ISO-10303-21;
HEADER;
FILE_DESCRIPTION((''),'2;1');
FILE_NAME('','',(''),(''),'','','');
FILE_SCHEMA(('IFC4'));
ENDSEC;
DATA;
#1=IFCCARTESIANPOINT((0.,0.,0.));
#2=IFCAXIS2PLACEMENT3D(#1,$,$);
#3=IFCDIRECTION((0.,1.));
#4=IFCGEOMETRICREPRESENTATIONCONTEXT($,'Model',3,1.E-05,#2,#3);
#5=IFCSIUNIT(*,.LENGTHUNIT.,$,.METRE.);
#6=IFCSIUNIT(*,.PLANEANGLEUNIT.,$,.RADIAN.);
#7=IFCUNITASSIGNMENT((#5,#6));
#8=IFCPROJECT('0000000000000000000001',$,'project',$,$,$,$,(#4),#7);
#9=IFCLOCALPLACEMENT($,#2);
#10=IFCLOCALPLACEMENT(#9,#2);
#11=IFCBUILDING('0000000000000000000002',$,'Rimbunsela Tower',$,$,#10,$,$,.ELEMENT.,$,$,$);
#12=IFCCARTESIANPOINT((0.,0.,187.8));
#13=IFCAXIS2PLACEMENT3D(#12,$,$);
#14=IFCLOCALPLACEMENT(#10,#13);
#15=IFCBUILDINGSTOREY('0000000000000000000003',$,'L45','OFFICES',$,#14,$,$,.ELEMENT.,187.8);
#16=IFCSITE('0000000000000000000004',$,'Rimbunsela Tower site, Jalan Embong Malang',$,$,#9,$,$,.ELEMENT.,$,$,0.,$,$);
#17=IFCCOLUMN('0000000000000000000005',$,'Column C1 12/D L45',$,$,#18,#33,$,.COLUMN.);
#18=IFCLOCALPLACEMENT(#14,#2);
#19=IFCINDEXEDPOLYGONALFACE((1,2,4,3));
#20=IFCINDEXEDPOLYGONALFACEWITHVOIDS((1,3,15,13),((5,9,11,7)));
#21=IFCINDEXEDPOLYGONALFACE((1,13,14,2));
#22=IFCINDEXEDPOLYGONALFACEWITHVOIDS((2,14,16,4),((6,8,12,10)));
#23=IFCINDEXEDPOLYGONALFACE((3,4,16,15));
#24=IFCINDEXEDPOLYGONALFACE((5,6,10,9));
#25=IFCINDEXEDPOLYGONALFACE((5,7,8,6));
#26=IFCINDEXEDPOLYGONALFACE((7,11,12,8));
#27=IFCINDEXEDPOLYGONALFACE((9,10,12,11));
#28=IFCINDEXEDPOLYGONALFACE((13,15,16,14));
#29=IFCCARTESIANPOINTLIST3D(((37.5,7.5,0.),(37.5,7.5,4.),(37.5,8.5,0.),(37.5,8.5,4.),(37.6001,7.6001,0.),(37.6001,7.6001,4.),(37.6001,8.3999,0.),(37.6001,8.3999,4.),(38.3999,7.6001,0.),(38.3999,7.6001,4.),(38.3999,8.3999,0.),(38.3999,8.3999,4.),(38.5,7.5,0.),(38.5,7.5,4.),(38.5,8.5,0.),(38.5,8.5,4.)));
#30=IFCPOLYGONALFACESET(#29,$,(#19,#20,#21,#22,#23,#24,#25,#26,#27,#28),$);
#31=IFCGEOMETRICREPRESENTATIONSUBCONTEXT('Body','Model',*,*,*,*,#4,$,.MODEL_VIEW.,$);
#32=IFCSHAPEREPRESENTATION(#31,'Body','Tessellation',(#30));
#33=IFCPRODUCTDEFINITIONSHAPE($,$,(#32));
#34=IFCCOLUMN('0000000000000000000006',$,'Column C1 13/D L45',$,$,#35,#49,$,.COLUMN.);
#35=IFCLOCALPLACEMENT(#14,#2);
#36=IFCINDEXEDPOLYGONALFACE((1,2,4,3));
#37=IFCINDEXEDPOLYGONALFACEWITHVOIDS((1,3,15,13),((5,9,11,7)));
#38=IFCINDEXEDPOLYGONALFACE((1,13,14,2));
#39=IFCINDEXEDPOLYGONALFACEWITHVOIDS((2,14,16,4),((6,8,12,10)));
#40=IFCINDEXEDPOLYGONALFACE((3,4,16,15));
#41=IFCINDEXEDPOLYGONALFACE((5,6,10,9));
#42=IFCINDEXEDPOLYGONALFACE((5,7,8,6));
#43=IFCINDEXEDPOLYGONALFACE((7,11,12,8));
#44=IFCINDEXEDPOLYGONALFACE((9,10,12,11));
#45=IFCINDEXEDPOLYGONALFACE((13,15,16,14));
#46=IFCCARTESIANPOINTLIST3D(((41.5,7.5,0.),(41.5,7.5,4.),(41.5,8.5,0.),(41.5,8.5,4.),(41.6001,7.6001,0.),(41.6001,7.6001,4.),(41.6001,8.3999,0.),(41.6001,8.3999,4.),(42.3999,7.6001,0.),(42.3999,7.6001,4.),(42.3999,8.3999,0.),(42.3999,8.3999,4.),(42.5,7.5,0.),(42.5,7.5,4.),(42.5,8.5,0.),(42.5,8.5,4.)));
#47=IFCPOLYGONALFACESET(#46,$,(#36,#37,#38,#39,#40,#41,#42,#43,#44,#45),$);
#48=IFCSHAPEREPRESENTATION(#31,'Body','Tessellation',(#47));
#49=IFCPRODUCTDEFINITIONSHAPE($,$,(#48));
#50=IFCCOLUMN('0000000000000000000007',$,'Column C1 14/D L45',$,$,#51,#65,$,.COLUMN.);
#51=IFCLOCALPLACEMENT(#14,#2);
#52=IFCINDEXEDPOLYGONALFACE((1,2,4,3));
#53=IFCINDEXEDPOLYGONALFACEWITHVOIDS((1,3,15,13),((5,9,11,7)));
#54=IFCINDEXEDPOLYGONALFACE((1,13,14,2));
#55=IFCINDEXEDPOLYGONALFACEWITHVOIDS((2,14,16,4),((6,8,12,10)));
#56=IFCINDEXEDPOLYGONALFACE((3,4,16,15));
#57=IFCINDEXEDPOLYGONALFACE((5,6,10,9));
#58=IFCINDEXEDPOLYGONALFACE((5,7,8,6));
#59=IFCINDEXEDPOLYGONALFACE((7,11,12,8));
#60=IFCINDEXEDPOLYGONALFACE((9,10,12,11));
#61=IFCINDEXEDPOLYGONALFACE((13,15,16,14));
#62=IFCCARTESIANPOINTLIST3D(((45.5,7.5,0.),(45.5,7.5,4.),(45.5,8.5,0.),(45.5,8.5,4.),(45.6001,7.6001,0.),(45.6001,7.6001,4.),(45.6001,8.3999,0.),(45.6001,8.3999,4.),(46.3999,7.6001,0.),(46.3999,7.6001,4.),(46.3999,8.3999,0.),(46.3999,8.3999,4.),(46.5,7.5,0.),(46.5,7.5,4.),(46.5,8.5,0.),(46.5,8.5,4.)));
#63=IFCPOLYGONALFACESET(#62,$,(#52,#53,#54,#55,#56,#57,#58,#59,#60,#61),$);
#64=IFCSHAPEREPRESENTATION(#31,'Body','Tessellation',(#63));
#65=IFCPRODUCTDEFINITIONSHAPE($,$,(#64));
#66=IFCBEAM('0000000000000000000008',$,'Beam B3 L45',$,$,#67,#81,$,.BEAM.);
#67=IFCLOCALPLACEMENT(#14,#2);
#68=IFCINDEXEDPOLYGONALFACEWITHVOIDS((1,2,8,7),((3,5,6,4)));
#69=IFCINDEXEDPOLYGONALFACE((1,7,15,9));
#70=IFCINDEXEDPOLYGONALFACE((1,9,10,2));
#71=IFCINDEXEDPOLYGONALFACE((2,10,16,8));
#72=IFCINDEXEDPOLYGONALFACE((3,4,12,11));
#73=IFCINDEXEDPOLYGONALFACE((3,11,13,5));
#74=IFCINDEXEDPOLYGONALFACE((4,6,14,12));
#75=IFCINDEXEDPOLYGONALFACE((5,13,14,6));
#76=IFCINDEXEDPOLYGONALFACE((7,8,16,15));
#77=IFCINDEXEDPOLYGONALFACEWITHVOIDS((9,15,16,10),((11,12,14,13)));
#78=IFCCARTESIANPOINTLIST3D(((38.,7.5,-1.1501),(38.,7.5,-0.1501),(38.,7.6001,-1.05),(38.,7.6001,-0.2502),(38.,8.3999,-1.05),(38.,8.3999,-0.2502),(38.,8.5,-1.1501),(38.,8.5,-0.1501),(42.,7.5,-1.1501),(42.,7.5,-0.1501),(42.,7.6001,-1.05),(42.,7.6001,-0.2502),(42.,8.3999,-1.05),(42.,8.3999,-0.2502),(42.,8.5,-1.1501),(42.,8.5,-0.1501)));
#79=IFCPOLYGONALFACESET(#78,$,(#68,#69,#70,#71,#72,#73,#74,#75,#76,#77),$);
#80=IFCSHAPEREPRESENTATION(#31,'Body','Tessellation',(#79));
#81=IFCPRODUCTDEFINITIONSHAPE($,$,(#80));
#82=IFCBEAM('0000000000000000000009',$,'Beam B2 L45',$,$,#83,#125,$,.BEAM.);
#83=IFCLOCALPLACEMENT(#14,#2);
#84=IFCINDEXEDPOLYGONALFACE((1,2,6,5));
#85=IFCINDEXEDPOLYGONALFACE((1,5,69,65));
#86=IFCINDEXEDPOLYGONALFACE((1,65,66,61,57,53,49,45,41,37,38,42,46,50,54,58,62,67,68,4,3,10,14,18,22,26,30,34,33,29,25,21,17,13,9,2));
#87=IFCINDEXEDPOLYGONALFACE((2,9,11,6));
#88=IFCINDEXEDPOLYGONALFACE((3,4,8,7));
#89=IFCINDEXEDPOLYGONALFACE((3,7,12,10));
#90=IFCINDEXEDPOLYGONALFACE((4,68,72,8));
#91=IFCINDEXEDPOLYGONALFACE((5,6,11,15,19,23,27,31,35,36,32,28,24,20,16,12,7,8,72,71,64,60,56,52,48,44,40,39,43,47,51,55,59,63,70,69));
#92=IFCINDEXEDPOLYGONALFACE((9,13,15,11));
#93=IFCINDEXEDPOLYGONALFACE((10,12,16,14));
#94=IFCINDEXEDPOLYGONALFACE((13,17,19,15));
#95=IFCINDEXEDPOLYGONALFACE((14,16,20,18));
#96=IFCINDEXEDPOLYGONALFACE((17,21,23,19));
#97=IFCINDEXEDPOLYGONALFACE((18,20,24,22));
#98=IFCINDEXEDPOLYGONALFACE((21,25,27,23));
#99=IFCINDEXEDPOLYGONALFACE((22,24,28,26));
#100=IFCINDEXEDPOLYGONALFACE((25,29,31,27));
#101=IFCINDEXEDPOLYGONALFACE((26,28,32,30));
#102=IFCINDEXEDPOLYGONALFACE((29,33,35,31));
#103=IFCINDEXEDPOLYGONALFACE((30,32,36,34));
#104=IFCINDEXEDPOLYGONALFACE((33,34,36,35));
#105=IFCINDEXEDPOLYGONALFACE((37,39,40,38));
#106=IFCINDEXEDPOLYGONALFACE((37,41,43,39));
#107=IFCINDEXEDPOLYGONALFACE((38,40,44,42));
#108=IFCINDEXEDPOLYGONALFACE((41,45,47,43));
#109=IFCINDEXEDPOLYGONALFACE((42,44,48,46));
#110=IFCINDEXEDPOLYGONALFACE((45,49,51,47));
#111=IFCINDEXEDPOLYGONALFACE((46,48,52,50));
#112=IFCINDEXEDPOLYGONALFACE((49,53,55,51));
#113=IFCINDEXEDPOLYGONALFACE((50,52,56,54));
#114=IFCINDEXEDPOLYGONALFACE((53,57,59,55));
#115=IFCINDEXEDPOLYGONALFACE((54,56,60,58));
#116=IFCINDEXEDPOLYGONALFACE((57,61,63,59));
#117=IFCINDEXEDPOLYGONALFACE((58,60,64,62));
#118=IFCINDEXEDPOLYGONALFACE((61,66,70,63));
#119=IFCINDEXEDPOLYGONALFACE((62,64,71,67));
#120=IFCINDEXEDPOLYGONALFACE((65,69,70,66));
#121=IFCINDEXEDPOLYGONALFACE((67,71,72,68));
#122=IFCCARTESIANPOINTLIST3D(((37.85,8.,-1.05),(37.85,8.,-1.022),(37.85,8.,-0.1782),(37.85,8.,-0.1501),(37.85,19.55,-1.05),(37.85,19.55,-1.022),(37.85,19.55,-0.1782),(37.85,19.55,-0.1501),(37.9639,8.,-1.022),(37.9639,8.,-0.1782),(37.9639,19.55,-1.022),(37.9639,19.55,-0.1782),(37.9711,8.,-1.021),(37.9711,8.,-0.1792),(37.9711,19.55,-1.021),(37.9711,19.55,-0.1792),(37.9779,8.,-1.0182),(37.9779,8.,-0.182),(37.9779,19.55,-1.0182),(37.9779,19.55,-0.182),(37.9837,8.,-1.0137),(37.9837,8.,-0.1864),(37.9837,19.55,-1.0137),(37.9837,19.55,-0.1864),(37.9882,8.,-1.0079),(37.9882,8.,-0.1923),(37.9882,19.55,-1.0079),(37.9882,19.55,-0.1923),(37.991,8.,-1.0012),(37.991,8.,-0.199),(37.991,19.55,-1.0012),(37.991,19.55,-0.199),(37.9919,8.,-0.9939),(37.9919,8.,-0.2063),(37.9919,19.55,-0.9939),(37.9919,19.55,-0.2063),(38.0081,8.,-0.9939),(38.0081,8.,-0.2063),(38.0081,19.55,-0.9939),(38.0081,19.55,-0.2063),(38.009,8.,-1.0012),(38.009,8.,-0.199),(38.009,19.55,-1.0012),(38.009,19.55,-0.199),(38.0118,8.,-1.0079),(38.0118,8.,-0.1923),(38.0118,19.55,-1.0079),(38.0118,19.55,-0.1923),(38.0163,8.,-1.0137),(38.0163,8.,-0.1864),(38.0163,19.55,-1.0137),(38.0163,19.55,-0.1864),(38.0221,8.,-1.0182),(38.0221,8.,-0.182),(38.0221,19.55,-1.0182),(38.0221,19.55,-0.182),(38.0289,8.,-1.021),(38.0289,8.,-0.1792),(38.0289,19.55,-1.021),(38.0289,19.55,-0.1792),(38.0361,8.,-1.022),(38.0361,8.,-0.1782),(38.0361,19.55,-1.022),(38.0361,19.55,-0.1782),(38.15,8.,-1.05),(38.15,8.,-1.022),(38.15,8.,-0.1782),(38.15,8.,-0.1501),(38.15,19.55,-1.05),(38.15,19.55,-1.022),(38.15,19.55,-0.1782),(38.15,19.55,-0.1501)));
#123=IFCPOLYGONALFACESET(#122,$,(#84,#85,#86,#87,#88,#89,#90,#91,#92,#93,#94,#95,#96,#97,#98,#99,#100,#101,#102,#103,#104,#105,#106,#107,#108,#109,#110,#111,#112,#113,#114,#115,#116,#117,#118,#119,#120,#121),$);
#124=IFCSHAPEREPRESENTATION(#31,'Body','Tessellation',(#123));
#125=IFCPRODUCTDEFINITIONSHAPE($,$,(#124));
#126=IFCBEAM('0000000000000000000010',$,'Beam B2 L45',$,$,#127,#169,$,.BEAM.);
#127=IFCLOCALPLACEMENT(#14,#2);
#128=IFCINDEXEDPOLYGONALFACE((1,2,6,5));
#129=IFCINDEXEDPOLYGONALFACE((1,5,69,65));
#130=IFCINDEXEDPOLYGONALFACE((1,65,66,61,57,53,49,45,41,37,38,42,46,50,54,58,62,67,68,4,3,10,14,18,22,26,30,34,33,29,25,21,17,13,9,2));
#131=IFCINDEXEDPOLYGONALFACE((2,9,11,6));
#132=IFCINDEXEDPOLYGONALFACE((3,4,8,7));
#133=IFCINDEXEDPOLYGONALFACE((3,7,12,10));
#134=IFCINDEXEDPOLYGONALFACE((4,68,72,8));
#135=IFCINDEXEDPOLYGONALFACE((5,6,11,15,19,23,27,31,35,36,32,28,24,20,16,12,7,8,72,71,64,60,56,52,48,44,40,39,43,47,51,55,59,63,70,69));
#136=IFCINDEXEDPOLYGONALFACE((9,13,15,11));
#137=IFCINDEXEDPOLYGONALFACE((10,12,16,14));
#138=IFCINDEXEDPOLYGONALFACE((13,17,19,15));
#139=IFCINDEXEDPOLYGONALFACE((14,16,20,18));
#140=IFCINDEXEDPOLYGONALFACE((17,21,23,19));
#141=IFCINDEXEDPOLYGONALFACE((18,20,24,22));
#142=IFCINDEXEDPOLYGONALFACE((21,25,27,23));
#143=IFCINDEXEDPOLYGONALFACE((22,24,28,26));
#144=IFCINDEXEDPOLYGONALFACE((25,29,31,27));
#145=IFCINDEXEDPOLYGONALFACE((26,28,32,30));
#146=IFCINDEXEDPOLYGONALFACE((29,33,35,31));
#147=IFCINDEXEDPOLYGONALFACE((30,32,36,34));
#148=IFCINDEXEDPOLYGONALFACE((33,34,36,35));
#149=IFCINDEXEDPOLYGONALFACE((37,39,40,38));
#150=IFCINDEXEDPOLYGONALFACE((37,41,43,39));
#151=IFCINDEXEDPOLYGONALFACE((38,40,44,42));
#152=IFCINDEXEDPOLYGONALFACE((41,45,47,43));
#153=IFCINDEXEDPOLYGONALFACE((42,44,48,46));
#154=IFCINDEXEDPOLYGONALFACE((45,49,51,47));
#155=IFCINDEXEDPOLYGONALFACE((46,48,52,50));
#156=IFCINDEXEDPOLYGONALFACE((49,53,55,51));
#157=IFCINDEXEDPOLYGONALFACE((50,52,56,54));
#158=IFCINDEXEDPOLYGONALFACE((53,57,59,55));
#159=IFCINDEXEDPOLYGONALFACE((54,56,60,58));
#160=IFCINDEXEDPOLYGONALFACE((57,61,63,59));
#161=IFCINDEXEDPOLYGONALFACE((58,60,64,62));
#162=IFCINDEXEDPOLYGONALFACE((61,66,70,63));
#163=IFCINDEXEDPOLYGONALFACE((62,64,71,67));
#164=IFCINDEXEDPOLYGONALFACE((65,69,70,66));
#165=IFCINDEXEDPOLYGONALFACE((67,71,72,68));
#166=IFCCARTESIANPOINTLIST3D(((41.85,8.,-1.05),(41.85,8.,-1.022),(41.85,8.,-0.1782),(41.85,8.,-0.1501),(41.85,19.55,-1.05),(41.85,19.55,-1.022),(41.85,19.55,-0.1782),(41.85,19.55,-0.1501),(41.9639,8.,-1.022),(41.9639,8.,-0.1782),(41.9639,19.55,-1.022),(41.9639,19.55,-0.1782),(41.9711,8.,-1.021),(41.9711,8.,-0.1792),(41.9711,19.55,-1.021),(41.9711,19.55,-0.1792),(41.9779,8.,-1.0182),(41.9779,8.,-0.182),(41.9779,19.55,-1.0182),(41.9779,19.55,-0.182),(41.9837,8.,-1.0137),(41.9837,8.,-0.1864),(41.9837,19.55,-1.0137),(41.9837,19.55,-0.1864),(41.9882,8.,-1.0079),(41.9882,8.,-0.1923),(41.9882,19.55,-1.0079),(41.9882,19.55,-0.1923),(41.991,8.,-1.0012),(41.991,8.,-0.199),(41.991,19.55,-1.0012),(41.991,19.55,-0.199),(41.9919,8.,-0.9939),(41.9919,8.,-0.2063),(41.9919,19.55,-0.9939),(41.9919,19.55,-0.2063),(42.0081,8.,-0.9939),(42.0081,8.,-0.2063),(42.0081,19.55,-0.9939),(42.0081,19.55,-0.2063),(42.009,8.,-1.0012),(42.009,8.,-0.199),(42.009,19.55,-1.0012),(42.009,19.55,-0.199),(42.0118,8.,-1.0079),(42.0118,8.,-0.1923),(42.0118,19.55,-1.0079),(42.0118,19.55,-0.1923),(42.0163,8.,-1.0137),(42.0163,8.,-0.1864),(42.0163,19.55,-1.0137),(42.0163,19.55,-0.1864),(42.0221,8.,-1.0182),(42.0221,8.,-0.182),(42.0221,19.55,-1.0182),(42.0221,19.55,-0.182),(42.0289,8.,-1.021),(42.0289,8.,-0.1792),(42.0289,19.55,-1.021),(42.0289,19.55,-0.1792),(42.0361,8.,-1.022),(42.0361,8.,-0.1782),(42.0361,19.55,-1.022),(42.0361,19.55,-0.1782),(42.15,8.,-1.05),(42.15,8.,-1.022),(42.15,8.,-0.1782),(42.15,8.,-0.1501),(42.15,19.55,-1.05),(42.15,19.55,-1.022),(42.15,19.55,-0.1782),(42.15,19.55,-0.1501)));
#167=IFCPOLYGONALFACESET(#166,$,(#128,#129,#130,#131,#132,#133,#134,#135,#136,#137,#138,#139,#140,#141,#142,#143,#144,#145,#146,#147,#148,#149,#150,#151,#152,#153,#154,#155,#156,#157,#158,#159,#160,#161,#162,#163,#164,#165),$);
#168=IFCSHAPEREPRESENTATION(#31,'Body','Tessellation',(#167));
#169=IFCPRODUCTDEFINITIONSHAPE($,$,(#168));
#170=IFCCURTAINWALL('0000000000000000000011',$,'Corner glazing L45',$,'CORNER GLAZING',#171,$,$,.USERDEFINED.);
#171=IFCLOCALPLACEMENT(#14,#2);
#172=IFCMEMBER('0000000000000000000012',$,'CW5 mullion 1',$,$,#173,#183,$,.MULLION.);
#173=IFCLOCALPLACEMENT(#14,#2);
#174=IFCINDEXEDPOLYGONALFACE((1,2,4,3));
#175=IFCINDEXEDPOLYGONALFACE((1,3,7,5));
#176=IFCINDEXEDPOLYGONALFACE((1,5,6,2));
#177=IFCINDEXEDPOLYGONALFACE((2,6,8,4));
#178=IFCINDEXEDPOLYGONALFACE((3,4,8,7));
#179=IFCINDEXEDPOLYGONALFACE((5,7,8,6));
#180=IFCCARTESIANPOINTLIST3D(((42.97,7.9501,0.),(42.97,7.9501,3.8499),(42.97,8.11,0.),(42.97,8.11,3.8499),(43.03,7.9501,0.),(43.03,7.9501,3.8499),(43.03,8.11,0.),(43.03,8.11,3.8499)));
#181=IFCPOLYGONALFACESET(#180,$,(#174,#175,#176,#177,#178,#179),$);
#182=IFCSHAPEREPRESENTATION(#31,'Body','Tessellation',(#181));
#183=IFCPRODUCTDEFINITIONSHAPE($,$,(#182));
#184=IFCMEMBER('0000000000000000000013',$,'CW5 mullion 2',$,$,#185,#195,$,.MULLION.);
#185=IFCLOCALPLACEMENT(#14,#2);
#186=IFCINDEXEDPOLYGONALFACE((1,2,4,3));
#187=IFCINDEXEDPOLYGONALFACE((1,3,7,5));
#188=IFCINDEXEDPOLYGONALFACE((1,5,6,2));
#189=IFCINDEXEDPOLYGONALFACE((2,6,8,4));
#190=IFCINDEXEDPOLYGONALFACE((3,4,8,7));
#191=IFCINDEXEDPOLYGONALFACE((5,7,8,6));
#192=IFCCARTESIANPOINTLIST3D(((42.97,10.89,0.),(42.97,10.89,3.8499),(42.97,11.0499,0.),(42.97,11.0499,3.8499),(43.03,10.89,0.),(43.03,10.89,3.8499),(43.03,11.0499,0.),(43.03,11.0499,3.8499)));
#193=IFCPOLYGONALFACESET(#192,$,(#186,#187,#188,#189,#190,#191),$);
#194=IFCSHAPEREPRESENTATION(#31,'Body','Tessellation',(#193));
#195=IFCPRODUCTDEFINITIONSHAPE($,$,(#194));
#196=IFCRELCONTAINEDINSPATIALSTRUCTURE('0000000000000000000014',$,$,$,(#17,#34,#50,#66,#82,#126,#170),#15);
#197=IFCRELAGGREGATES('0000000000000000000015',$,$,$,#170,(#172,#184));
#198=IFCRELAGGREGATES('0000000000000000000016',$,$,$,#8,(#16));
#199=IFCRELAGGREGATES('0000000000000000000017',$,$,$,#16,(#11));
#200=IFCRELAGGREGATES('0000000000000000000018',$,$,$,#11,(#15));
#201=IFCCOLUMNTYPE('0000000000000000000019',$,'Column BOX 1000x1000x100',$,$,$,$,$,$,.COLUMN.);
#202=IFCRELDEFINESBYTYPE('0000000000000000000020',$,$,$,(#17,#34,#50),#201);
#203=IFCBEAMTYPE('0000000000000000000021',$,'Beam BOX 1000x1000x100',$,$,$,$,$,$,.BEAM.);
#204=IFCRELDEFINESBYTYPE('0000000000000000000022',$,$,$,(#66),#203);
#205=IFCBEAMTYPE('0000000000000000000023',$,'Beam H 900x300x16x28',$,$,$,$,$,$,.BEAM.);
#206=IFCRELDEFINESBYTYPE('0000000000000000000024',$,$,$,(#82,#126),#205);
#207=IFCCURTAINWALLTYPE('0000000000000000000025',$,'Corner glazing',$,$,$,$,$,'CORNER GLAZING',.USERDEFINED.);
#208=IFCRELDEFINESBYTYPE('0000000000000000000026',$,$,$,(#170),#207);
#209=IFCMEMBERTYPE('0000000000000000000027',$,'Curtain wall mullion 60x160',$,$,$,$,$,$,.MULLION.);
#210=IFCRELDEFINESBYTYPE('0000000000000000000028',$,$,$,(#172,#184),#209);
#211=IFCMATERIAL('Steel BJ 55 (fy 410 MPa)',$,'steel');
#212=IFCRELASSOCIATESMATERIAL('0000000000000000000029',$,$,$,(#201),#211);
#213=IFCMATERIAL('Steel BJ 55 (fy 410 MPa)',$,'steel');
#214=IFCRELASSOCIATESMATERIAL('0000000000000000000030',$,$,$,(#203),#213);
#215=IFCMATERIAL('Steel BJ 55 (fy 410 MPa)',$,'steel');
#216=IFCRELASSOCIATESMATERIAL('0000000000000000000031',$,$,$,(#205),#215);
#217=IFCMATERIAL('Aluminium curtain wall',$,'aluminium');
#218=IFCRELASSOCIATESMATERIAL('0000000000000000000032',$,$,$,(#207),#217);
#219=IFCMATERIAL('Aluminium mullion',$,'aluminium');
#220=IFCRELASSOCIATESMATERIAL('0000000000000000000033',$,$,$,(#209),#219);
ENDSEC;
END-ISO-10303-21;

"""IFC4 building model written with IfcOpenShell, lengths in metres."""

from ifc_helpers import new_model, si_unit, direction, frame, origin, origin_2d, place, context, subcontext, project, spatial, rectangle, hollow_rectangle, i_section, extrude, material, material_profile, profile_set, type_object, element, aggregate, save


model = new_model("IFC4")

# Units and contexts
model_context = context("Model", 3, precision=1e-05, world=origin(), true_north=direction((0.0, 1.0)))
body_context = subcontext(model_context, "Body", "Model", "MODEL_VIEW")
ifc_project = project(units=[si_unit("LENGTHUNIT", "METRE"), si_unit("PLANEANGLEUNIT", "RADIAN")], contexts=[model_context])

# Site, building, storey
site_placement = place(None, origin())
site = spatial("IfcSite", under=ifc_project, at=site_placement, Name="Rimbunsela Tower site, Jalan Embong Malang", CompositionType="ELEMENT", RefElevation=0.0)
building_placement = place(site_placement, origin())
building = spatial("IfcBuilding", under=site, at=building_placement, Name="Rimbunsela Tower", CompositionType="ELEMENT")
storey_placement = place(building_placement, frame((0.0, 0.0, 187.8)))
storey = spatial("IfcBuildingStorey", under=building, at=storey_placement, Name="L45", Description="OFFICES", CompositionType="ELEMENT", Elevation=187.8)

# Columns
ifc_material_1 = material(Name="Steel BJ 55 (fy 410 MPa)", Category="steel")
ifc_material_profile_1 = material_profile(ifc_material_1, hollow_rectangle(XDim=1.0, YDim=1.0, WallThickness=0.1001, at=origin_2d()), Name="BOX 1000x1000x100")
ifc_profile_set_1 = profile_set([ifc_material_profile_1], Name="Steel BJ 55 (fy 410 MPa)")
column_type = type_object("IfcColumnType", Name="Column BOX 1000x1000x100", PredefinedType="COLUMN", material=ifc_profile_set_1)
for number, where, z_axis, x_axis, name in (
    (1, (38.0, 8.0, 0.0), (0.0, 0.0, 1.0), (1.0, 0.0, 0.0), "Column C1 12/D L45"),
    (2, (42.0, 8.0, 0.0), (0.0, 0.0, 1.0), (1.0, 0.0, 0.0), "Column C1 13/D L45"),
    (3, (46.0, 8.0, 0.0), (0.0, 0.0, 1.0), (1.0, 0.0, 0.0), "Column C1 14/D L45"),
):
    element("IfcColumn", number, at=place(storey_placement, frame(where, z_axis=z_axis, x_axis=x_axis)), inside=storey, type_object=column_type, Name=name, PredefinedType="COLUMN", context=body_context, shape_type="SweptSolid", body=[
        extrude(hollow_rectangle(XDim=1.0, YDim=1.0, WallThickness=0.1001, at=origin_2d()), origin(), (0.0, 0.0, 1.0), 4.0),
    ])

# Beams
ifc_material_2 = material(Name="Steel BJ 55 (fy 410 MPa)", Category="steel")
ifc_material_profile_2 = material_profile(ifc_material_2, hollow_rectangle(XDim=1.0, YDim=1.0, WallThickness=0.1001, at=origin_2d()), Name="BOX 1000x1000x100")
ifc_profile_set_2 = profile_set([ifc_material_profile_2], Name="Steel BJ 55 (fy 410 MPa)")
beam_type_1 = type_object("IfcBeamType", Name="Beam BOX 1000x1000x100", PredefinedType="BEAM", material=ifc_profile_set_2)
beam_placement = place(storey_placement, frame((38.0, 8.0, -0.6501), z_axis=(1.0, 0.0, 0.0), x_axis=(0.0, 1.0, 0.0)))
element("IfcBeam", 4, at=beam_placement, inside=storey, type_object=beam_type_1, Name="Beam B3 L45", PredefinedType="BEAM", context=body_context, shape_type="SweptSolid", body=[
    extrude(hollow_rectangle(XDim=1.0, YDim=1.0, WallThickness=0.1001, at=origin_2d()), origin(), (0.0, 0.0, 1.0), 4.0),
])
ifc_material_3 = material(Name="Steel BJ 55 (fy 410 MPa)", Category="steel")
ifc_material_profile_3 = material_profile(ifc_material_3, i_section(OverallWidth=0.3, OverallDepth=0.8999, WebThickness=0.0161, FlangeThickness=0.0281, FilletRadius=0.0281, at=origin_2d()), Name="H 900x300x16x28")
ifc_profile_set_3 = profile_set([ifc_material_profile_3], Name="Steel BJ 55 (fy 410 MPa)")
beam_type_2 = type_object("IfcBeamType", Name="Beam H 900x300x16x28", PredefinedType="BEAM", material=ifc_profile_set_3)
for number, where, z_axis, x_axis, name in (
    (5, (38.0, 8.0, -0.6001), (0.0, 1.0, 0.0), (-1.0, 0.0, 0.0), "Beam B2 L45"),
    (6, (42.0, 8.0, -0.6001), (0.0, 1.0, 0.0), (-1.0, 0.0, 0.0), "Beam B2 L45"),
):
    element("IfcBeam", number, at=place(storey_placement, frame(where, z_axis=z_axis, x_axis=x_axis)), inside=storey, type_object=beam_type_2, Name=name, PredefinedType="BEAM", context=body_context, shape_type="SweptSolid", body=[
        extrude(i_section(OverallWidth=0.3, OverallDepth=0.8999, WebThickness=0.0161, FlangeThickness=0.0281, FilletRadius=0.0281, at=origin_2d()), origin(), (0.0, 0.0, 1.0), 11.55),
    ])

# Curtain wall, members
ifc_material_4 = material(Name="Aluminium curtain wall", Category="aluminium")
curtain_wall_type = type_object("IfcCurtainWallType", Name="Corner glazing", ElementType="CORNER GLAZING", PredefinedType="USERDEFINED", material=ifc_material_4)
curtain_wall_1_placement = place(storey_placement, origin())
curtain_wall_1 = element("IfcCurtainWall", 7, at=curtain_wall_1_placement, inside=storey, type_object=curtain_wall_type, Name="Corner glazing L45", ObjectType="CORNER GLAZING", PredefinedType="USERDEFINED")
ifc_material_5 = material(Name="Aluminium mullion", Category="aluminium")
ifc_material_profile_4 = material_profile(ifc_material_5, rectangle(XDim=0.0601, YDim=0.1599, at=origin_2d()), Name="Mullion 60x160")
ifc_profile_set_4 = profile_set([ifc_material_profile_4], Name="Aluminium mullion")
member_type_1 = type_object("IfcMemberType", Name="Curtain wall mullion 60x160", PredefinedType="MULLION", material=ifc_profile_set_4)
member_1_placement = place(storey_placement, frame((43.0, 8.03, 0.0), z_axis=(0.0, 0.0, 1.0), x_axis=(-1.0, 0.0, 0.0)))
member_1 = element("IfcMember", 8, at=member_1_placement, type_object=member_type_1, Name="CW5 mullion 1", PredefinedType="MULLION", context=body_context, shape_type="SweptSolid", body=[
    extrude(rectangle(XDim=0.0601, YDim=0.1599, at=origin_2d()), origin(), (0.0, 0.0, 1.0), 3.8499),
])
member_2_placement = place(storey_placement, frame((43.0, 10.97, 0.0), z_axis=(0.0, 0.0, 1.0), x_axis=(-1.0, 0.0, 0.0)))
member_2 = element("IfcMember", 9, at=member_2_placement, type_object=member_type_1, Name="CW5 mullion 2", PredefinedType="MULLION", context=body_context, shape_type="SweptSolid", body=[
    extrude(rectangle(XDim=0.0601, YDim=0.1599, at=origin_2d()), origin(), (0.0, 0.0, 1.0), 3.8499),
])

aggregate(curtain_wall_1, [member_1, member_2])

save(model, "model.ifc")
